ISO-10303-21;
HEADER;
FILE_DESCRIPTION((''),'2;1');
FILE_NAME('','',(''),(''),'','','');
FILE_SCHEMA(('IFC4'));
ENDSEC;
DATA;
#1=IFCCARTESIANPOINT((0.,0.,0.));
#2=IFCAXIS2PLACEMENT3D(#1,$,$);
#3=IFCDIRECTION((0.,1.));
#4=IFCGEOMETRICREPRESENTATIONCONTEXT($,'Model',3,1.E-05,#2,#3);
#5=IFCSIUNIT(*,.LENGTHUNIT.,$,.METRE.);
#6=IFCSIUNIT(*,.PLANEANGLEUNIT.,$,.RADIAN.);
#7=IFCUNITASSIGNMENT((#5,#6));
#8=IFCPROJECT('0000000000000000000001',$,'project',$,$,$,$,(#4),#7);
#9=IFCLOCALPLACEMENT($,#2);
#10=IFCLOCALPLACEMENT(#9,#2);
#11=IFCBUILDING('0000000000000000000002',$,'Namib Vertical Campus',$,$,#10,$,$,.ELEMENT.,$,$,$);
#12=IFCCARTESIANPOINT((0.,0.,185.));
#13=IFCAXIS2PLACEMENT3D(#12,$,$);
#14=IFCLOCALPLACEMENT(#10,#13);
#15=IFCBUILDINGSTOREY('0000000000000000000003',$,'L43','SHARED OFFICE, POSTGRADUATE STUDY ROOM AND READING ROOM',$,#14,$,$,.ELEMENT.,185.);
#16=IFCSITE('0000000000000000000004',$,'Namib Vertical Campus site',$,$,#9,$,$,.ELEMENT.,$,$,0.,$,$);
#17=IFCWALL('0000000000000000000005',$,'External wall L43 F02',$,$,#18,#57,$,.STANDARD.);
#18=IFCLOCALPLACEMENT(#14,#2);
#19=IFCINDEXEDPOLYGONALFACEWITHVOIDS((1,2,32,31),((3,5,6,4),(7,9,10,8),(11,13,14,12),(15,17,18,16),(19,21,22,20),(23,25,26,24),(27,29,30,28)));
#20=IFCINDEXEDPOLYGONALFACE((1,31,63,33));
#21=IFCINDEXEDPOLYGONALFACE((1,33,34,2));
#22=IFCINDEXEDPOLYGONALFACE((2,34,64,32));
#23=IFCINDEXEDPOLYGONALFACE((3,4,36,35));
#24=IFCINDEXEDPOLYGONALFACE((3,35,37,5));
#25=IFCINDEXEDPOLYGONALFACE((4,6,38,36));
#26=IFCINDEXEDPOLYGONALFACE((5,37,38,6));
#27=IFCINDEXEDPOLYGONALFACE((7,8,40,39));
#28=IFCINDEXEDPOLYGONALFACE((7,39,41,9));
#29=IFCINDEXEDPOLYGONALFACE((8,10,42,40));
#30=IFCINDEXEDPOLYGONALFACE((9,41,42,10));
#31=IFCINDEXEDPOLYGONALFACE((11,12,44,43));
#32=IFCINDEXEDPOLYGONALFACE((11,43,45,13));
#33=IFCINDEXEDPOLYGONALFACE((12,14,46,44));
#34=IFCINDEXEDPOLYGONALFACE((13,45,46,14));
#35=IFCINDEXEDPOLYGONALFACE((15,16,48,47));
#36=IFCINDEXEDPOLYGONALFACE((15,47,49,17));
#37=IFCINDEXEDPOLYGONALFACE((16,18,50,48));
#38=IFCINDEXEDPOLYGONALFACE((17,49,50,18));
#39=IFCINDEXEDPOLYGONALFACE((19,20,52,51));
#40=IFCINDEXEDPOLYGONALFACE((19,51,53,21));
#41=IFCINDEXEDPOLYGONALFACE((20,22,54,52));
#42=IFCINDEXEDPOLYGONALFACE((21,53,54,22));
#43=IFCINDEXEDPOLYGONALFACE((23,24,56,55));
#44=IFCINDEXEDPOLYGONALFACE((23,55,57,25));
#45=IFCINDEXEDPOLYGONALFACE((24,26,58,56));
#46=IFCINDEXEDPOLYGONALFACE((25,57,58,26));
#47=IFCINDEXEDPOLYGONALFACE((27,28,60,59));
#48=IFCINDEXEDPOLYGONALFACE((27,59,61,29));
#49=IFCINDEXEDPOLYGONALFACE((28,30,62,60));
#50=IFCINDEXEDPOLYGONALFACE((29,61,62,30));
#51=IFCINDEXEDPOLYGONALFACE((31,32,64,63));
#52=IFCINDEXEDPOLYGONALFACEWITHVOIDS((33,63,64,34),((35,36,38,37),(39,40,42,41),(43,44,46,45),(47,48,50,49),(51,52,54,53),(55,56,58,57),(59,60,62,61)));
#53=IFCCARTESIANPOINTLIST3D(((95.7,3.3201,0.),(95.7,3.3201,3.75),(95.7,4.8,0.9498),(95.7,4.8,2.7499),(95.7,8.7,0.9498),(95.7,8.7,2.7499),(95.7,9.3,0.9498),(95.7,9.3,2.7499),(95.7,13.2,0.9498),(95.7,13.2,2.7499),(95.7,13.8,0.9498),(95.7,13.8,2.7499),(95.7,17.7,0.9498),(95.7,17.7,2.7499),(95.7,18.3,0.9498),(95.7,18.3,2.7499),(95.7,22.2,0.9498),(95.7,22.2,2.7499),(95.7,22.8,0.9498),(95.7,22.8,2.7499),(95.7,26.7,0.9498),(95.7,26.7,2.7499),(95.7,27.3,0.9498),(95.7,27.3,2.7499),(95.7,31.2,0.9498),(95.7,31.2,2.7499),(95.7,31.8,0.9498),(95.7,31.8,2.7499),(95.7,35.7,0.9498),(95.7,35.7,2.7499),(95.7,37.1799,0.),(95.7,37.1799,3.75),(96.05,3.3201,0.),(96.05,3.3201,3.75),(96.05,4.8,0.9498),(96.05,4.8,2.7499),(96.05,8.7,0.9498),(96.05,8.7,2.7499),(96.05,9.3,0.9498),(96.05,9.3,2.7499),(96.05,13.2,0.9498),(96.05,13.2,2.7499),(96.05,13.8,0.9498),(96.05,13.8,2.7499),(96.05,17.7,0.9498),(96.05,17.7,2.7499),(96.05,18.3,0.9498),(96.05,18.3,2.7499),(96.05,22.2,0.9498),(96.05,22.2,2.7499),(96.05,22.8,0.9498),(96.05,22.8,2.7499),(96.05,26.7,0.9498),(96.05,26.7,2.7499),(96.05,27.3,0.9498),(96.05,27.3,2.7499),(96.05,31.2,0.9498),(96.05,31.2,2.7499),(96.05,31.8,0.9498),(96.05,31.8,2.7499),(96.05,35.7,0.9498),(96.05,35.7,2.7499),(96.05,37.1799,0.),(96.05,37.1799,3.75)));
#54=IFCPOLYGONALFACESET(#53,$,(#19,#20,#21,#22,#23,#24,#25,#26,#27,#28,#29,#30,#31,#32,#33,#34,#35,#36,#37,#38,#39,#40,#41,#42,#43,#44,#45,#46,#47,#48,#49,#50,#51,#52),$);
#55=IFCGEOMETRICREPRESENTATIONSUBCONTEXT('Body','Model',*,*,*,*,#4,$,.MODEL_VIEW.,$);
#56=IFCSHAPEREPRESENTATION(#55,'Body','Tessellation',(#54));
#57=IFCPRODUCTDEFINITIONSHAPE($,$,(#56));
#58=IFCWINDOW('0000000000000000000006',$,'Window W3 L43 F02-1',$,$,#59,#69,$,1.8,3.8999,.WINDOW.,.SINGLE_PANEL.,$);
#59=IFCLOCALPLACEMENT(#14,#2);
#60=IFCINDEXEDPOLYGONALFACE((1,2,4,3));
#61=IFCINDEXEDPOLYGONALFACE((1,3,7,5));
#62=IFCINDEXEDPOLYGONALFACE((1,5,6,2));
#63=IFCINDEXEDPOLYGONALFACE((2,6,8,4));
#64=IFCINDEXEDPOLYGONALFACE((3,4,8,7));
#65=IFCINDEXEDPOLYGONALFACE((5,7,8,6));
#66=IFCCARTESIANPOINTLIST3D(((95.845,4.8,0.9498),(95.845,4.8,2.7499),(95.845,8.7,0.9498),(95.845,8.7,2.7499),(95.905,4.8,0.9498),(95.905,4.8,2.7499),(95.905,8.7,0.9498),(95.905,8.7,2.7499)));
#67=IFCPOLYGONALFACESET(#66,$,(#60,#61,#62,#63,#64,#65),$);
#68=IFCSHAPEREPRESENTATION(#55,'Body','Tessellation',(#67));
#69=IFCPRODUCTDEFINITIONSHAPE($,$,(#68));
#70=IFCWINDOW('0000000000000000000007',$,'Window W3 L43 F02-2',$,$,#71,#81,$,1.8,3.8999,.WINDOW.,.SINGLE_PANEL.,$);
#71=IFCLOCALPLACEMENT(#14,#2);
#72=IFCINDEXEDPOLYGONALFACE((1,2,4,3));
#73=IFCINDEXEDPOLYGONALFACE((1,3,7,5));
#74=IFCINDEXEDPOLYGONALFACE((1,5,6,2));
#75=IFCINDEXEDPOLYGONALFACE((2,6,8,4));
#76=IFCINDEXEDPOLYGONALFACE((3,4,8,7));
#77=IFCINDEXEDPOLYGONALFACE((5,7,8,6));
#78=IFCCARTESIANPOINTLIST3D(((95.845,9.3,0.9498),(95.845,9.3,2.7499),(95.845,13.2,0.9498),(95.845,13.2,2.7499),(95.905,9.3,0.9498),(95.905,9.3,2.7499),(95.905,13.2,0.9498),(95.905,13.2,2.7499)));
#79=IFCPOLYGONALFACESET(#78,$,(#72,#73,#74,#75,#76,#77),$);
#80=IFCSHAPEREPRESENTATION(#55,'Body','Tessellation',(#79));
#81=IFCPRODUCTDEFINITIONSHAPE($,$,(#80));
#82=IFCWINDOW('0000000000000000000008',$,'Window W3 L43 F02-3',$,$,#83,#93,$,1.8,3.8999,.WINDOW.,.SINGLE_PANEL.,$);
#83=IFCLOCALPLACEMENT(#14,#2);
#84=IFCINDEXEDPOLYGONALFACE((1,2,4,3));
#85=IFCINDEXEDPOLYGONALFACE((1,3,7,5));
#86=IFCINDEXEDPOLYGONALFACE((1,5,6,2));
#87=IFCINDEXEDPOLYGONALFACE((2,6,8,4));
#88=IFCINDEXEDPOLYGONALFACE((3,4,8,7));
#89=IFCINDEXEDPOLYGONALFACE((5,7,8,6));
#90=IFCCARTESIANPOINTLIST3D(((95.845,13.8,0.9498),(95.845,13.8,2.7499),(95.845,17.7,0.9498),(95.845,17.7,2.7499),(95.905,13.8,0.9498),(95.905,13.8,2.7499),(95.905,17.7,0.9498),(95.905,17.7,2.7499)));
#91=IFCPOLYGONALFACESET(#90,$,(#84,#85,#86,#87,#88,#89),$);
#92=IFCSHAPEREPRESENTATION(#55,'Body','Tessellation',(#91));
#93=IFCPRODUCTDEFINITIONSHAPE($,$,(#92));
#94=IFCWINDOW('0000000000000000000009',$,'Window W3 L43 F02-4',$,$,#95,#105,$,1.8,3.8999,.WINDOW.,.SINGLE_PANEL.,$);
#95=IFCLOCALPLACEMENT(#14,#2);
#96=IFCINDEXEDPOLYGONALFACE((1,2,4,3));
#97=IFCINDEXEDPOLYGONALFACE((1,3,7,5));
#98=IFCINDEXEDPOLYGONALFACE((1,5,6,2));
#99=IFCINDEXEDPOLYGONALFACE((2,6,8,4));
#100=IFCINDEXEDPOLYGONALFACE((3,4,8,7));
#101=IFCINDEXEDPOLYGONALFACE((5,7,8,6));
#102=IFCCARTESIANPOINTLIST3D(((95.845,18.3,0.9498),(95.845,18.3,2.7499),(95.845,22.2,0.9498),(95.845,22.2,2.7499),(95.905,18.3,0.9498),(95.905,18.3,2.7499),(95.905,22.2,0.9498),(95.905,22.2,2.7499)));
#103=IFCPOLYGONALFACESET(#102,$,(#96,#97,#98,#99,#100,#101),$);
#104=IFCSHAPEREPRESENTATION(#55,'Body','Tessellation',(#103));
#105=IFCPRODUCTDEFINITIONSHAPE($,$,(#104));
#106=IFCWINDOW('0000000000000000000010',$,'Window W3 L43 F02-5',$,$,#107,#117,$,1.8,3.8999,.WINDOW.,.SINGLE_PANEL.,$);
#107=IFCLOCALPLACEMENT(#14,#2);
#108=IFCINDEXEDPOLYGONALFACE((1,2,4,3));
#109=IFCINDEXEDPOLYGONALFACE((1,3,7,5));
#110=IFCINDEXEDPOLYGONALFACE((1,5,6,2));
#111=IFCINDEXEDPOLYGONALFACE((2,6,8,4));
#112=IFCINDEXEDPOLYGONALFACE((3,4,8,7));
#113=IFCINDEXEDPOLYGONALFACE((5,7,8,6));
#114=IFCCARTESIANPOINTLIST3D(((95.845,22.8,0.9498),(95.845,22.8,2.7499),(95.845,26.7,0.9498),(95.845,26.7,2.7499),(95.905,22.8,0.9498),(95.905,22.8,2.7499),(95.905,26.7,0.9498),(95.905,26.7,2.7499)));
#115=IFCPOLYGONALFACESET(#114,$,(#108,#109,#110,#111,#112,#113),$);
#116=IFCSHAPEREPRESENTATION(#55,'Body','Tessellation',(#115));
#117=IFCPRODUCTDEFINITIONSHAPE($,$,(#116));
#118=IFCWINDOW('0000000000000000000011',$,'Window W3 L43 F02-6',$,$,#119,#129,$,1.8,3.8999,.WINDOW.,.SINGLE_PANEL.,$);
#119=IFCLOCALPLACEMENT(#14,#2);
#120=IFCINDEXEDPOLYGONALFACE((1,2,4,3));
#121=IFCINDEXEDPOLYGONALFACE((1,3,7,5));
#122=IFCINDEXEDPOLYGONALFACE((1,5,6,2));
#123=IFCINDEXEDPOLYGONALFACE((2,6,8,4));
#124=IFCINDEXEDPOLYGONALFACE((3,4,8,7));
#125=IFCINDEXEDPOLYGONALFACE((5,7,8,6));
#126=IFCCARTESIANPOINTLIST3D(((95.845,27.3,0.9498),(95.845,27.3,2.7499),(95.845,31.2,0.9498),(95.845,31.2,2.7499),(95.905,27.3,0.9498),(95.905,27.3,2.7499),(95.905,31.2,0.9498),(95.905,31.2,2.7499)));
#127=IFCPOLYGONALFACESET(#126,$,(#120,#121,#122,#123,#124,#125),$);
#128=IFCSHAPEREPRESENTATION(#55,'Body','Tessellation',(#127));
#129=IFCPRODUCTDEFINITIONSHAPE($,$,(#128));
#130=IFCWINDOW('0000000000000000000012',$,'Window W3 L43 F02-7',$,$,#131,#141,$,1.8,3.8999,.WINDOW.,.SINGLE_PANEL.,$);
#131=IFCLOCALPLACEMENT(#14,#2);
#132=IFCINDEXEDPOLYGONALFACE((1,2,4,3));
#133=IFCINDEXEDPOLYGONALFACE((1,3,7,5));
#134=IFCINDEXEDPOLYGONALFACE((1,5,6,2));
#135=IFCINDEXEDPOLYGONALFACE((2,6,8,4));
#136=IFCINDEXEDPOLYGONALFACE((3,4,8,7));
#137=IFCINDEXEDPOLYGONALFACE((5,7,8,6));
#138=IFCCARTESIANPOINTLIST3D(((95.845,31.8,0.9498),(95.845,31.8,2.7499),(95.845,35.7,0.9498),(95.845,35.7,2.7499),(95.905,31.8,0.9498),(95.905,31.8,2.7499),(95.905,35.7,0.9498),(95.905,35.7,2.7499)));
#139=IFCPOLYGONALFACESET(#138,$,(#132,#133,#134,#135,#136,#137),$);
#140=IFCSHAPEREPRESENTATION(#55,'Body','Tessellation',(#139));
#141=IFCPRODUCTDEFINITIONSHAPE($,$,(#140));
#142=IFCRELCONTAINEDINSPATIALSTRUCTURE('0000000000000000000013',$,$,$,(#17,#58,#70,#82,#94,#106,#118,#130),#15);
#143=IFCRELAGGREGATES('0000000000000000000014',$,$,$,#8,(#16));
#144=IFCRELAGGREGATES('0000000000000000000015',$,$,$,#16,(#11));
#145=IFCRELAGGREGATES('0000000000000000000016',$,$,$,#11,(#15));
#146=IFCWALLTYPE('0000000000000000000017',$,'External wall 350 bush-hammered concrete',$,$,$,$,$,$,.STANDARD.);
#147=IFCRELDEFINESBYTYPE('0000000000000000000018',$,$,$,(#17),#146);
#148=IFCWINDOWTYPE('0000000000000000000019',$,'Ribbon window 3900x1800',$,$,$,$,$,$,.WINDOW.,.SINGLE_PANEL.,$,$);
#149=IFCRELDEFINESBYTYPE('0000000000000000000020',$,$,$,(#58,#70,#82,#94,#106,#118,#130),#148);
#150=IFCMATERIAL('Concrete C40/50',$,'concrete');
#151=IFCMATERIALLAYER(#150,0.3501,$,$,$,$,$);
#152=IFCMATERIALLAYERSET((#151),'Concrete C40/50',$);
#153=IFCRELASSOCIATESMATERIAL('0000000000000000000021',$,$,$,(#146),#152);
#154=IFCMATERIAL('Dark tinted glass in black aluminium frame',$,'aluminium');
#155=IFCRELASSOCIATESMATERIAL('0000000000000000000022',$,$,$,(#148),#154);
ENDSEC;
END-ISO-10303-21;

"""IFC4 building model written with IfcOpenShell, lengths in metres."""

from ifc_helpers import new_model, si_unit, direction, frame, frame_2d, origin, place, context, subcontext, project, spatial, rectangle, extrude, material, layer, layer_set, type_object, element, fill, save


model = new_model("IFC4")

# Units and contexts
model_context = context("Model", 3, precision=1e-05, world=origin(), true_north=direction((0.0, 1.0)))
body_context = subcontext(model_context, "Body", "Model", "MODEL_VIEW")
ifc_project = project(units=[si_unit("LENGTHUNIT", "METRE"), si_unit("PLANEANGLEUNIT", "RADIAN")], contexts=[model_context])

# Site, building, storey
site_placement = place(None, origin())
site = spatial("IfcSite", under=ifc_project, at=site_placement, Name="Namib Vertical Campus site", CompositionType="ELEMENT", RefElevation=0.0)
building_placement = place(site_placement, origin())
building = spatial("IfcBuilding", under=site, at=building_placement, Name="Namib Vertical Campus", CompositionType="ELEMENT")
storey_placement = place(building_placement, frame((0.0, 0.0, 185.0)))
storey = spatial("IfcBuildingStorey", under=building, at=storey_placement, Name="L43", Description="SHARED OFFICE, POSTGRADUATE STUDY ROOM AND READING ROOM", CompositionType="ELEMENT", Elevation=185.0)

# Wall, openings, windows
ifc_material_1 = material(Name="Concrete C40/50", Category="concrete")
ifc_layer_1 = layer(ifc_material_1, 0.3501)
ifc_layer_set_1 = layer_set([ifc_layer_1], Name="Concrete C40/50")
wall_type_1 = type_object("IfcWallType", Name="External wall 350 bush-hammered concrete", PredefinedType="STANDARD", material=ifc_layer_set_1)
wall_1_placement = place(storey_placement, frame((95.875, 3.3201, 0.0), z_axis=(0.0, 0.0, 1.0), x_axis=(0.0, 1.0, 0.0)))
wall_1 = element("IfcWall", 1, at=wall_1_placement, inside=storey, type_object=wall_type_1, Name="External wall L43 F02", PredefinedType="STANDARD", context=body_context, shape_type="SweptSolid", body=[
    extrude(rectangle(XDim=33.8599, YDim=0.3501, at=frame_2d((16.9299, 0.0))), origin(), (0.0, 0.0, 1.0), 3.75),
])
opening_1_placement = place(wall_1_placement, frame((1.48, 0.0, 0.95)))
opening_1 = element("IfcOpeningElement", 2, at=opening_1_placement, cuts=wall_1, PredefinedType="OPENING", context=body_context, shape_type="SweptSolid", body=[
    extrude(rectangle(XDim=3.8999, YDim=1.8, at=frame_2d((1.95, 0.8999))), frame((0.0, 0.1851, 0.0), z_axis=(0.0, -1.0, 0.0), x_axis=(1.0, 0.0, 0.0)), (0.0, 0.0, 1.0), 0.3701),
])
opening_2_placement = place(wall_1_placement, frame((5.98, 0.0, 0.95)))
opening_2 = element("IfcOpeningElement", 3, at=opening_2_placement, cuts=wall_1, PredefinedType="OPENING", context=body_context, shape_type="SweptSolid", body=[
    extrude(rectangle(XDim=3.8999, YDim=1.8, at=frame_2d((1.95, 0.8999))), frame((0.0, 0.1851, 0.0), z_axis=(0.0, -1.0, 0.0), x_axis=(1.0, 0.0, 0.0)), (0.0, 0.0, 1.0), 0.3701),
])
opening_3_placement = place(wall_1_placement, frame((10.48, 0.0, 0.95)))
opening_3 = element("IfcOpeningElement", 4, at=opening_3_placement, cuts=wall_1, PredefinedType="OPENING", context=body_context, shape_type="SweptSolid", body=[
    extrude(rectangle(XDim=3.8999, YDim=1.8, at=frame_2d((1.95, 0.8999))), frame((0.0, 0.1851, 0.0), z_axis=(0.0, -1.0, 0.0), x_axis=(1.0, 0.0, 0.0)), (0.0, 0.0, 1.0), 0.3701),
])
opening_4_placement = place(wall_1_placement, frame((14.98, 0.0, 0.95)))
opening_4 = element("IfcOpeningElement", 5, at=opening_4_placement, cuts=wall_1, PredefinedType="OPENING", context=body_context, shape_type="SweptSolid", body=[
    extrude(rectangle(XDim=3.8999, YDim=1.8, at=frame_2d((1.95, 0.8999))), frame((0.0, 0.1851, 0.0), z_axis=(0.0, -1.0, 0.0), x_axis=(1.0, 0.0, 0.0)), (0.0, 0.0, 1.0), 0.3701),
])
opening_5_placement = place(wall_1_placement, frame((19.48, 0.0, 0.95)))
opening_5 = element("IfcOpeningElement", 6, at=opening_5_placement, cuts=wall_1, PredefinedType="OPENING", context=body_context, shape_type="SweptSolid", body=[
    extrude(rectangle(XDim=3.8999, YDim=1.8, at=frame_2d((1.95, 0.8999))), frame((0.0, 0.1851, 0.0), z_axis=(0.0, -1.0, 0.0), x_axis=(1.0, 0.0, 0.0)), (0.0, 0.0, 1.0), 0.3701),
])
opening_6_placement = place(wall_1_placement, frame((23.98, 0.0, 0.95)))
opening_6 = element("IfcOpeningElement", 7, at=opening_6_placement, cuts=wall_1, PredefinedType="OPENING", context=body_context, shape_type="SweptSolid", body=[
    extrude(rectangle(XDim=3.8999, YDim=1.8, at=frame_2d((1.95, 0.8999))), frame((0.0, 0.1851, 0.0), z_axis=(0.0, -1.0, 0.0), x_axis=(1.0, 0.0, 0.0)), (0.0, 0.0, 1.0), 0.3701),
])
opening_7_placement = place(wall_1_placement, frame((28.48, 0.0, 0.95)))
opening_7 = element("IfcOpeningElement", 8, at=opening_7_placement, cuts=wall_1, PredefinedType="OPENING", context=body_context, shape_type="SweptSolid", body=[
    extrude(rectangle(XDim=3.8999, YDim=1.8, at=frame_2d((1.95, 0.8999))), frame((0.0, 0.1851, 0.0), z_axis=(0.0, -1.0, 0.0), x_axis=(1.0, 0.0, 0.0)), (0.0, 0.0, 1.0), 0.3701),
])
ifc_material_2 = material(Name="Dark tinted glass in black aluminium frame", Category="aluminium")
window_type = type_object("IfcWindowType", Name="Ribbon window 3900x1800", PartitioningType="SINGLE_PANEL", PredefinedType="WINDOW", material=ifc_material_2)
window_1_placement = place(opening_1_placement, origin())
window_1 = element("IfcWindow", 9, at=window_1_placement, inside=storey, type_object=window_type, Name="Window W3 L43 F02-1", OverallHeight=1.8, OverallWidth=3.8999, PartitioningType="SINGLE_PANEL", PredefinedType="WINDOW", context=body_context, shape_type="SweptSolid", body=[
    extrude(rectangle(XDim=3.8999, YDim=1.8, at=frame_2d((1.95, 0.8999))), frame((0.0, 0.03, 0.0), z_axis=(0.0, -1.0, 0.0), x_axis=(1.0, 0.0, 0.0)), (0.0, 0.0, 1.0), 0.0601),
])
fill(opening_1, window_1)
window_2_placement = place(opening_2_placement, origin())
window_2 = element("IfcWindow", 10, at=window_2_placement, inside=storey, type_object=window_type, Name="Window W3 L43 F02-2", OverallHeight=1.8, OverallWidth=3.8999, PartitioningType="SINGLE_PANEL", PredefinedType="WINDOW", context=body_context, shape_type="SweptSolid", body=[
    extrude(rectangle(XDim=3.8999, YDim=1.8, at=frame_2d((1.95, 0.8999))), frame((0.0, 0.03, 0.0), z_axis=(0.0, -1.0, 0.0), x_axis=(1.0, 0.0, 0.0)), (0.0, 0.0, 1.0), 0.0601),
])
fill(opening_2, window_2)
window_3_placement = place(opening_3_placement, origin())
window_3 = element("IfcWindow", 11, at=window_3_placement, inside=storey, type_object=window_type, Name="Window W3 L43 F02-3", OverallHeight=1.8, OverallWidth=3.8999, PartitioningType="SINGLE_PANEL", PredefinedType="WINDOW", context=body_context, shape_type="SweptSolid", body=[
    extrude(rectangle(XDim=3.8999, YDim=1.8, at=frame_2d((1.95, 0.8999))), frame((0.0, 0.03, 0.0), z_axis=(0.0, -1.0, 0.0), x_axis=(1.0, 0.0, 0.0)), (0.0, 0.0, 1.0), 0.0601),
])
fill(opening_3, window_3)
window_4_placement = place(opening_4_placement, origin())
window_4 = element("IfcWindow", 12, at=window_4_placement, inside=storey, type_object=window_type, Name="Window W3 L43 F02-4", OverallHeight=1.8, OverallWidth=3.8999, PartitioningType="SINGLE_PANEL", PredefinedType="WINDOW", context=body_context, shape_type="SweptSolid", body=[
    extrude(rectangle(XDim=3.8999, YDim=1.8, at=frame_2d((1.95, 0.8999))), frame((0.0, 0.03, 0.0), z_axis=(0.0, -1.0, 0.0), x_axis=(1.0, 0.0, 0.0)), (0.0, 0.0, 1.0), 0.0601),
])
fill(opening_4, window_4)
window_5_placement = place(opening_5_placement, origin())
window_5 = element("IfcWindow", 13, at=window_5_placement, inside=storey, type_object=window_type, Name="Window W3 L43 F02-5", OverallHeight=1.8, OverallWidth=3.8999, PartitioningType="SINGLE_PANEL", PredefinedType="WINDOW", context=body_context, shape_type="SweptSolid", body=[
    extrude(rectangle(XDim=3.8999, YDim=1.8, at=frame_2d((1.95, 0.8999))), frame((0.0, 0.03, 0.0), z_axis=(0.0, -1.0, 0.0), x_axis=(1.0, 0.0, 0.0)), (0.0, 0.0, 1.0), 0.0601),
])
fill(opening_5, window_5)
window_6_placement = place(opening_6_placement, origin())
window_6 = element("IfcWindow", 14, at=window_6_placement, inside=storey, type_object=window_type, Name="Window W3 L43 F02-6", OverallHeight=1.8, OverallWidth=3.8999, PartitioningType="SINGLE_PANEL", PredefinedType="WINDOW", context=body_context, shape_type="SweptSolid", body=[
    extrude(rectangle(XDim=3.8999, YDim=1.8, at=frame_2d((1.95, 0.8999))), frame((0.0, 0.03, 0.0), z_axis=(0.0, -1.0, 0.0), x_axis=(1.0, 0.0, 0.0)), (0.0, 0.0, 1.0), 0.0601),
])
fill(opening_6, window_6)
window_7_placement = place(opening_7_placement, origin())
window_7 = element("IfcWindow", 15, at=window_7_placement, inside=storey, type_object=window_type, Name="Window W3 L43 F02-7", OverallHeight=1.8, OverallWidth=3.8999, PartitioningType="SINGLE_PANEL", PredefinedType="WINDOW", context=body_context, shape_type="SweptSolid", body=[
    extrude(rectangle(XDim=3.8999, YDim=1.8, at=frame_2d((1.95, 0.8999))), frame((0.0, 0.03, 0.0), z_axis=(0.0, -1.0, 0.0), x_axis=(1.0, 0.0, 0.0)), (0.0, 0.0, 1.0), 0.0601),
])
fill(opening_7, window_7)

save(model, "model.ifc")
